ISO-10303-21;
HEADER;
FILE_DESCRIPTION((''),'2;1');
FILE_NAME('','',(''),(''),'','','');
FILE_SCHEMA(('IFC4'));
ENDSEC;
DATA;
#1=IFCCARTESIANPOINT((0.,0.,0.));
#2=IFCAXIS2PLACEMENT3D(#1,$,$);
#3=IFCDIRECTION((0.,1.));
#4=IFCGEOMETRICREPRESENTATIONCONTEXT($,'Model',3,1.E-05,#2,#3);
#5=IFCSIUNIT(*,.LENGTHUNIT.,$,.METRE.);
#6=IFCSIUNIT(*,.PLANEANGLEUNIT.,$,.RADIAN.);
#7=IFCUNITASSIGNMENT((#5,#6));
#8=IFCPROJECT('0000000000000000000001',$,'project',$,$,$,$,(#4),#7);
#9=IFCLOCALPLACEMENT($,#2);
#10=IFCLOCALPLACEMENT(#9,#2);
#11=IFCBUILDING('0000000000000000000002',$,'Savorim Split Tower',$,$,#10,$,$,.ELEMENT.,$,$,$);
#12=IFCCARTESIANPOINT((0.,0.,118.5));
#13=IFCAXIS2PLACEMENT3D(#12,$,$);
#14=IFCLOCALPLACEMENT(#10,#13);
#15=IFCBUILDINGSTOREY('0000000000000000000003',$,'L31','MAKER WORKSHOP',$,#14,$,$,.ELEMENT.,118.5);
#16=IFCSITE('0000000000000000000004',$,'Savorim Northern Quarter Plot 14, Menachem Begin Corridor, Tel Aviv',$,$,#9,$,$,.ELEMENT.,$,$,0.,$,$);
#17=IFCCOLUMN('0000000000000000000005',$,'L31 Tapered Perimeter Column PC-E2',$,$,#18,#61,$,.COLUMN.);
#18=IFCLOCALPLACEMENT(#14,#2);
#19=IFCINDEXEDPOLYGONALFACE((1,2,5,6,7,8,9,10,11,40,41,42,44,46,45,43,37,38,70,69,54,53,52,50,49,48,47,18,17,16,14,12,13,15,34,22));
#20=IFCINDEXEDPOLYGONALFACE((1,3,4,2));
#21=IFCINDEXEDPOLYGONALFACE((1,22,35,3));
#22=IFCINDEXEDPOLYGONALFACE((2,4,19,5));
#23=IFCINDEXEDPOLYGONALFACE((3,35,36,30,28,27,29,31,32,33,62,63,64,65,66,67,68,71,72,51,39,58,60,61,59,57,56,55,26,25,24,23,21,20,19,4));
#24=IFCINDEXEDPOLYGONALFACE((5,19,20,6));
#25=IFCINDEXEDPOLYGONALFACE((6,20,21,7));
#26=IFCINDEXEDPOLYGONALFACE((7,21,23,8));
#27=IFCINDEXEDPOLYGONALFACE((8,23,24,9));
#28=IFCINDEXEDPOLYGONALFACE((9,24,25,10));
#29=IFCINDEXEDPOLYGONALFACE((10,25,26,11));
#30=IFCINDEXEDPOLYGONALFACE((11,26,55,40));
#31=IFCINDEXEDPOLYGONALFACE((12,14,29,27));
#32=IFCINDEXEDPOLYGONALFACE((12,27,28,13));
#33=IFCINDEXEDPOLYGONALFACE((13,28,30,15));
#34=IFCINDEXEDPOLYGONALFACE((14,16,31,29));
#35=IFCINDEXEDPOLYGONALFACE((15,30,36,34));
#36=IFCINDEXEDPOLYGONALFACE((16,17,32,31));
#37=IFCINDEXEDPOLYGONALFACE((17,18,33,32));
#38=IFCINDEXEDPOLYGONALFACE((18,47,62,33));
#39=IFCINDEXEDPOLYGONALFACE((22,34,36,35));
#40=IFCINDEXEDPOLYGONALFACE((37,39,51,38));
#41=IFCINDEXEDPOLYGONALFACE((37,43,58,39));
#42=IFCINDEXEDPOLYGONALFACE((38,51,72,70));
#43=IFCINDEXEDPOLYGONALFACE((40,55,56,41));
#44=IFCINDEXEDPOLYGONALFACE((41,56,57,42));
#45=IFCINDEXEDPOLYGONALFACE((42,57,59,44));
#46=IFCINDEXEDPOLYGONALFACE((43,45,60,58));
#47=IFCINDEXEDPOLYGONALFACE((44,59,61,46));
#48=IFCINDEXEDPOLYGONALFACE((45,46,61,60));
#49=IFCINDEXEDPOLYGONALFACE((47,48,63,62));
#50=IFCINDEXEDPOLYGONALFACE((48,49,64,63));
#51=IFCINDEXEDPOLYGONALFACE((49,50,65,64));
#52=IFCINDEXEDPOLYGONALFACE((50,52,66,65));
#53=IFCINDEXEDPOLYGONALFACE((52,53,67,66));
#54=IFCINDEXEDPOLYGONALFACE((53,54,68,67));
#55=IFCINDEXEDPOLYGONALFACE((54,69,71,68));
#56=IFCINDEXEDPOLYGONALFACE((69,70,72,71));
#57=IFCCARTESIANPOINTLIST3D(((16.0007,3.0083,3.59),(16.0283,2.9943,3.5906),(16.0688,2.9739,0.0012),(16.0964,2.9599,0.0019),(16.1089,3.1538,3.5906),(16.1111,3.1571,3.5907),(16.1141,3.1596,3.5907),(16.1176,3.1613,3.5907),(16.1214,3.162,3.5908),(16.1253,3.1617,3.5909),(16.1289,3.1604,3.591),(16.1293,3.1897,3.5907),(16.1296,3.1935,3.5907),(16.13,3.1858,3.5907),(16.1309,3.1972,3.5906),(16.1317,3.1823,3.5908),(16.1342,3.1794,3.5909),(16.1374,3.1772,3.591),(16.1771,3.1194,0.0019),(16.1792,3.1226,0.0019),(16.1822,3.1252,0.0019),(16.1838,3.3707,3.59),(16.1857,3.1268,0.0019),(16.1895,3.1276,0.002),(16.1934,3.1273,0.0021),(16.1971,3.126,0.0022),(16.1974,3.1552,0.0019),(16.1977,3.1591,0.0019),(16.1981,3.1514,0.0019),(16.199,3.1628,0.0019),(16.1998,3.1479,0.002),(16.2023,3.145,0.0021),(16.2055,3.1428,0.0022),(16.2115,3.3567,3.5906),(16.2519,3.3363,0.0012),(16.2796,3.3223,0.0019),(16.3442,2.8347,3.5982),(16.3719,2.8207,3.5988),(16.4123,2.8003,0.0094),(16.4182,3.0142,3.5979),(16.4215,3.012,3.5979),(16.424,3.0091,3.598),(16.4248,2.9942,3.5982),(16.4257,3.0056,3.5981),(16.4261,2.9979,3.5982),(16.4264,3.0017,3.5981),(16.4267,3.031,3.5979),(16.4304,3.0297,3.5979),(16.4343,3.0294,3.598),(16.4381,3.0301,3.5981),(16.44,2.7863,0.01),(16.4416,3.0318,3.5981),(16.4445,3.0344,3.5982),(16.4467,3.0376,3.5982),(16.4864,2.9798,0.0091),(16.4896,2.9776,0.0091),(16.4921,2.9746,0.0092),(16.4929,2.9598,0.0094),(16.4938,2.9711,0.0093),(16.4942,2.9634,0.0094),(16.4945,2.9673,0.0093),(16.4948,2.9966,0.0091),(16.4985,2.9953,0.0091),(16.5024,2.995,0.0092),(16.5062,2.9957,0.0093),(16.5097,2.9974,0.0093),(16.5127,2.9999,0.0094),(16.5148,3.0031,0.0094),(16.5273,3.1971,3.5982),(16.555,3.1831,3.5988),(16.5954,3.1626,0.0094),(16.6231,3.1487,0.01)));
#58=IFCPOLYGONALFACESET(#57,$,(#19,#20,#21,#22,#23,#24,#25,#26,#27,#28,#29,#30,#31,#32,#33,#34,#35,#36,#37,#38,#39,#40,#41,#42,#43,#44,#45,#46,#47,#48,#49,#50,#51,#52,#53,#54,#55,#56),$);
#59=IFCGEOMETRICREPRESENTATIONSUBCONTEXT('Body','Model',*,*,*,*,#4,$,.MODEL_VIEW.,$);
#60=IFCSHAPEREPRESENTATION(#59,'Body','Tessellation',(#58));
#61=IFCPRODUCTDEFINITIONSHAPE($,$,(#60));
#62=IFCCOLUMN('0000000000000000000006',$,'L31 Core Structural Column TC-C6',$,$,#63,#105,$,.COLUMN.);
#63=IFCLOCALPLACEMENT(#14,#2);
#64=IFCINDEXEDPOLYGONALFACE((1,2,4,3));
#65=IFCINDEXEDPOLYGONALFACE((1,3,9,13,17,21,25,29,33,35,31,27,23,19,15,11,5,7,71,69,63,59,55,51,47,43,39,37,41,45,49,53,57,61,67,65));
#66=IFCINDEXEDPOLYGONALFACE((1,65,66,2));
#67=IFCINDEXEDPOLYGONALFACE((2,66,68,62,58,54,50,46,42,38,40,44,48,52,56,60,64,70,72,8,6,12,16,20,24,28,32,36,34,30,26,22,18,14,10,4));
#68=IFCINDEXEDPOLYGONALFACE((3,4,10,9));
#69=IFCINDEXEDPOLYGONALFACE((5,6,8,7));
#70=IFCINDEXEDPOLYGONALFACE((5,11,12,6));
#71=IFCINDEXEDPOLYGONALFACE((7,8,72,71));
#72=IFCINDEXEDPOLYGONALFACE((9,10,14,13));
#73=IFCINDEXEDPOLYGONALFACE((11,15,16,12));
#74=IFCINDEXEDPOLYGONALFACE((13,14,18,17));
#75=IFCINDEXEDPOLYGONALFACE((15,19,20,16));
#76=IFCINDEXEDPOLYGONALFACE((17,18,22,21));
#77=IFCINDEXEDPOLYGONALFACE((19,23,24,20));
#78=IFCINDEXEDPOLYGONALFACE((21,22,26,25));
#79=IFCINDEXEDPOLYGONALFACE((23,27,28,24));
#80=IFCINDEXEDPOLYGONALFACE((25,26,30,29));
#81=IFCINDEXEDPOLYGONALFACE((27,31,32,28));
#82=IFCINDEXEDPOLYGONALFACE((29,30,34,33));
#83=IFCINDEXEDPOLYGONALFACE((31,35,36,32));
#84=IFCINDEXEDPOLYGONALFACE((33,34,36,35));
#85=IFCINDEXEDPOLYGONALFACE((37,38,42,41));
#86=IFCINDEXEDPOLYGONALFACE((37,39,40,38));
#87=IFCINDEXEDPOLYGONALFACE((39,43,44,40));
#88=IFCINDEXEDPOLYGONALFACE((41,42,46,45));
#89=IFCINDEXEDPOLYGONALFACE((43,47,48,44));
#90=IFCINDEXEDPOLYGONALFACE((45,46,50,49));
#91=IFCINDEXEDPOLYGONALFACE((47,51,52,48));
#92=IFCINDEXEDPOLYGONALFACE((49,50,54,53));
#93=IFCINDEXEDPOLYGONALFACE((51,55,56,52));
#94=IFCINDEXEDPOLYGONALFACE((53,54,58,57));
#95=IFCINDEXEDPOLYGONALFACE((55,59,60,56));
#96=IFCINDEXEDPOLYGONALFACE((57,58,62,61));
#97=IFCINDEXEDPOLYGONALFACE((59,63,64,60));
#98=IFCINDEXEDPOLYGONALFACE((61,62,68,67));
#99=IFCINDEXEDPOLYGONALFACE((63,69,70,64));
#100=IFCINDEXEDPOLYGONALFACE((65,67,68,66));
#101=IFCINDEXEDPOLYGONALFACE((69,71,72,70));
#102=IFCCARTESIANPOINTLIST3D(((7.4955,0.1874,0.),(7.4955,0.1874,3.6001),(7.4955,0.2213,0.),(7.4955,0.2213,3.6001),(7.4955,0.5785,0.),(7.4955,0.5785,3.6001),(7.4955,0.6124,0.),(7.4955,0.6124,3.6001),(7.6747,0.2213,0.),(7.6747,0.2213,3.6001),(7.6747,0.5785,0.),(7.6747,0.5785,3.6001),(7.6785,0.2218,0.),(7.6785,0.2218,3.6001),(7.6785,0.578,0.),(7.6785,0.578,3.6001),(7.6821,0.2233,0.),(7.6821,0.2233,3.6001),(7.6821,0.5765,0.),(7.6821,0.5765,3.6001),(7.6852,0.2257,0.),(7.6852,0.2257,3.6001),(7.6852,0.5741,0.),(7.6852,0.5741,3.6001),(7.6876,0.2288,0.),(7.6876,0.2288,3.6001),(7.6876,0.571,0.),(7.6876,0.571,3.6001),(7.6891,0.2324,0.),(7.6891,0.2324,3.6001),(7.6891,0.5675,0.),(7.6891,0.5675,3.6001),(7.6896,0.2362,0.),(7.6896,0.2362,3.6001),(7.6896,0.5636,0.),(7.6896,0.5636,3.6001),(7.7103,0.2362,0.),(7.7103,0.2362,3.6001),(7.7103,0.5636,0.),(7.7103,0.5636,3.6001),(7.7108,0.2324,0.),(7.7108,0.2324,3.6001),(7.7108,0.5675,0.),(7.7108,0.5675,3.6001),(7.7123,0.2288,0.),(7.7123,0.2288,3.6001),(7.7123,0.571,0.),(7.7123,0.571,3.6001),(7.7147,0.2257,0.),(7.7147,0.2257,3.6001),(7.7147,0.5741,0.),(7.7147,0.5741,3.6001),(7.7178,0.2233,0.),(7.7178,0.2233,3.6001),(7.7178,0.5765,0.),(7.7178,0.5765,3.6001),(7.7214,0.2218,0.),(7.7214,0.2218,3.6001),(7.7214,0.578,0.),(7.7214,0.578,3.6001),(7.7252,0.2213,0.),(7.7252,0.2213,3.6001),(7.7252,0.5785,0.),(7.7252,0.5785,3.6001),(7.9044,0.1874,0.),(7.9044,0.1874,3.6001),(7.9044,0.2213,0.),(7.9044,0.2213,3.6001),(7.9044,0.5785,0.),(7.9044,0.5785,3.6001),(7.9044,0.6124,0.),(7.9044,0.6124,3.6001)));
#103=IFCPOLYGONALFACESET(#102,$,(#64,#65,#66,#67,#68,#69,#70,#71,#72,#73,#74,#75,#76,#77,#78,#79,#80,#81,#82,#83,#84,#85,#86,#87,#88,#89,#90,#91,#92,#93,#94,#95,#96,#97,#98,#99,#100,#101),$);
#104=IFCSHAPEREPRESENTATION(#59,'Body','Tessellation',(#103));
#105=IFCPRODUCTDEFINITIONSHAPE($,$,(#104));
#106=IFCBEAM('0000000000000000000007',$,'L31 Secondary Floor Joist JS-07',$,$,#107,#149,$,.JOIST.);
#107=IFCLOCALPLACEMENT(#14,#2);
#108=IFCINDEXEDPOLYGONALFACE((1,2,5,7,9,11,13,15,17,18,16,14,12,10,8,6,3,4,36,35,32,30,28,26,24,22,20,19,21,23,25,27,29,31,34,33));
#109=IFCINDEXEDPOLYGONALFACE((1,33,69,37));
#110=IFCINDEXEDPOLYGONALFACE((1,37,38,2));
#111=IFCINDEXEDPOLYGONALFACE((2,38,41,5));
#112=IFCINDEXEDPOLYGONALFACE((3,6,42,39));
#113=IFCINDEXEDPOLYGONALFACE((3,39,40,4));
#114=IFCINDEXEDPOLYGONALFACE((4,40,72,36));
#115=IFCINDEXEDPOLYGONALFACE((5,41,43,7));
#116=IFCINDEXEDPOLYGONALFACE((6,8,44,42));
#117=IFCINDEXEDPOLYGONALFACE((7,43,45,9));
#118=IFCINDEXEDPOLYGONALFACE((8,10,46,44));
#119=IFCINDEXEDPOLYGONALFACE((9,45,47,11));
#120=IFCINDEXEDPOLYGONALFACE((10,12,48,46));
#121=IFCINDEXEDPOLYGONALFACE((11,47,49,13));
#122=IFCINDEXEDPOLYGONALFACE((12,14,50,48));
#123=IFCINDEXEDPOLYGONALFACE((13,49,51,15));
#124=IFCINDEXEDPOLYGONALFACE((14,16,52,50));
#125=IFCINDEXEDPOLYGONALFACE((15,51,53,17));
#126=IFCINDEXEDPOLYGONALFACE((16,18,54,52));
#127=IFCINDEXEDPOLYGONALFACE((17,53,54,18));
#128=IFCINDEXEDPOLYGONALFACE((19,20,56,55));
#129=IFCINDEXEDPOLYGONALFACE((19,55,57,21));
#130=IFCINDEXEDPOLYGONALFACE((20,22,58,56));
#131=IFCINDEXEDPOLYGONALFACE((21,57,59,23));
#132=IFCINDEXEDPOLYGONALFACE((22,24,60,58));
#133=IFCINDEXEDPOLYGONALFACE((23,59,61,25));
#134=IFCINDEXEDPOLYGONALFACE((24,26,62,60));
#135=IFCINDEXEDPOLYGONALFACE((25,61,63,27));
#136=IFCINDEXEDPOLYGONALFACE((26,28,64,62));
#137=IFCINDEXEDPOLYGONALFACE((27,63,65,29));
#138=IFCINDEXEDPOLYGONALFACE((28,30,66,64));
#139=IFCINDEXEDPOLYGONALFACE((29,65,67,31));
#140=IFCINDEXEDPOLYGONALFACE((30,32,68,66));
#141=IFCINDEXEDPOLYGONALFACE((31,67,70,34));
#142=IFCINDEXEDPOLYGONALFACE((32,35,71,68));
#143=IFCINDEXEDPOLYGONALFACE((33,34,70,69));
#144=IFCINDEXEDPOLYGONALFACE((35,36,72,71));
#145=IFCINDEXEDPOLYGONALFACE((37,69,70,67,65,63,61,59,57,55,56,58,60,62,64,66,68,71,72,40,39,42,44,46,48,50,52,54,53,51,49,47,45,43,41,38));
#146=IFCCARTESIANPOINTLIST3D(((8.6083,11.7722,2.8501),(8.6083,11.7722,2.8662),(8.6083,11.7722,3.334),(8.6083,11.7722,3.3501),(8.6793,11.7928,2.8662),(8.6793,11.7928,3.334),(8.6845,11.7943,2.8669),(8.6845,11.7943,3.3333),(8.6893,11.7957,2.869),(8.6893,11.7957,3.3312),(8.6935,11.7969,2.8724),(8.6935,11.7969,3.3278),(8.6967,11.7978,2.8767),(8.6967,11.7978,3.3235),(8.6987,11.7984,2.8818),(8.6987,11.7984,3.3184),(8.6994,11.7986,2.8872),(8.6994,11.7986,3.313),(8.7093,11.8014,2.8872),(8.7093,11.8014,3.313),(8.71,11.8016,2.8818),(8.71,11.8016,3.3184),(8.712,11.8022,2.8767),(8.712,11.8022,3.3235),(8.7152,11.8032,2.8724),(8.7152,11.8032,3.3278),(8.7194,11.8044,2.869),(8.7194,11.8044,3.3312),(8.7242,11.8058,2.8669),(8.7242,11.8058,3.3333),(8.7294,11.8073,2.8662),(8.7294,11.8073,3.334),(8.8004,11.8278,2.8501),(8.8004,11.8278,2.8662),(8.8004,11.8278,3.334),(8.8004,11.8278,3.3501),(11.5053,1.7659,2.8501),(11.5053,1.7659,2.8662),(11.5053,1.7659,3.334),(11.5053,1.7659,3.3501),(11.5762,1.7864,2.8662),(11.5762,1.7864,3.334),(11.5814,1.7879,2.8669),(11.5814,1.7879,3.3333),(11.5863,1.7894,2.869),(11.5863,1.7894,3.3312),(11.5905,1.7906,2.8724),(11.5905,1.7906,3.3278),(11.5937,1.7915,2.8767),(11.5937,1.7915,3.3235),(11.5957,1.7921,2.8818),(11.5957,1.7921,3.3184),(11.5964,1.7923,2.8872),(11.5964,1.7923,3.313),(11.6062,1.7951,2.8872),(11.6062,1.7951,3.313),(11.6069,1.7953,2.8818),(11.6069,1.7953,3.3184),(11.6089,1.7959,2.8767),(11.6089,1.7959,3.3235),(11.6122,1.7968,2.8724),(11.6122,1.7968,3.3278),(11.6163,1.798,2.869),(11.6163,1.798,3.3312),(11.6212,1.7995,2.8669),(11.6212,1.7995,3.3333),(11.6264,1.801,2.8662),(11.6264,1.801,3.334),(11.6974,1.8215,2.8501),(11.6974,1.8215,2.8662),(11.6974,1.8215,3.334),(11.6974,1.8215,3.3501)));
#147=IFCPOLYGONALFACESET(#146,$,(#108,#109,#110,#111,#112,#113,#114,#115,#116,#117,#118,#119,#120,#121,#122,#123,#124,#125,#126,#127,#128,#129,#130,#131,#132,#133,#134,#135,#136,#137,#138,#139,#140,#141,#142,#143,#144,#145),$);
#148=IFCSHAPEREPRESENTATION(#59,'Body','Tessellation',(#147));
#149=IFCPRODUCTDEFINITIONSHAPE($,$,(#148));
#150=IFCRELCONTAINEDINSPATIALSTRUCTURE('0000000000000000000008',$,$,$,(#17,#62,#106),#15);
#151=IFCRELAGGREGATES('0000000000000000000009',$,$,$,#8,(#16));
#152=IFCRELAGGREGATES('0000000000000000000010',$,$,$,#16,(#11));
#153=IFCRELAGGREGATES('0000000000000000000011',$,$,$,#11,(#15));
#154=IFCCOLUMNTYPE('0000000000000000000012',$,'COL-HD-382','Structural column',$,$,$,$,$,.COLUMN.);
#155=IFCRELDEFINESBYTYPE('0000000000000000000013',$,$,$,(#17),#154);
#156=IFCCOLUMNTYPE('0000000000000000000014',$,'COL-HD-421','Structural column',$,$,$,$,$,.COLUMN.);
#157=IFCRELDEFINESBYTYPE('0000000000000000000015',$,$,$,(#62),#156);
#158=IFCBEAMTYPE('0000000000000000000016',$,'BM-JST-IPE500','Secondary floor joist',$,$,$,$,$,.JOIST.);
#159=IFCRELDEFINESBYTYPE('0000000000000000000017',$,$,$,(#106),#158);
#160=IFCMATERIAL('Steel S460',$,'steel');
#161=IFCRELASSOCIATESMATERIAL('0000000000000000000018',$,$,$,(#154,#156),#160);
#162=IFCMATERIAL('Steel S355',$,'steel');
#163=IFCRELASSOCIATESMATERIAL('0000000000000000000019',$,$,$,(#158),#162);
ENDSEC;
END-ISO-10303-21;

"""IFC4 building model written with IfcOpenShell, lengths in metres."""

from ifc_helpers import new_model, si_unit, direction, frame, origin, origin_2d, place, context, subcontext, project, spatial, i_section, extrude, material, material_profile, profile_set, type_object, element, save


model = new_model("IFC4")

# Units and contexts
model_context = context("Model", 3, precision=1e-05, world=origin(), true_north=direction((0.0, 1.0)))
body_context = subcontext(model_context, "Body", "Model", "MODEL_VIEW")
ifc_project = project(units=[si_unit("LENGTHUNIT", "METRE"), si_unit("PLANEANGLEUNIT", "RADIAN")], contexts=[model_context])

# Site, building, storey
site_placement = place(None, origin())
site = spatial("IfcSite", under=ifc_project, at=site_placement, Name="Savorim Northern Quarter Plot 14, Menachem Begin Corridor, Tel Aviv", CompositionType="ELEMENT", RefElevation=0.0)
building_placement = place(site_placement, origin())
building = spatial("IfcBuilding", under=site, at=building_placement, Name="Savorim Split Tower", CompositionType="ELEMENT")
storey_placement = place(building_placement, frame((0.0, 0.0, 118.5)))
storey = spatial("IfcBuildingStorey", under=building, at=storey_placement, Name="L31", Description="MAKER WORKSHOP", CompositionType="ELEMENT", Elevation=118.5)

# Columns
ifc_material_1 = material(Name="Steel S460", Category="steel")
ifc_material_profile_1 = material_profile(ifc_material_1, i_section(OverallWidth=0.406, OverallDepth=0.416, WebThickness=0.0188, FlangeThickness=0.031, FilletRadius=0.0149, at=origin_2d()), Name="HD 400x382")
ifc_profile_set_1 = profile_set([ifc_material_profile_1], Name="Steel S460")
column_type_1 = type_object("IfcColumnType", Name="COL-HD-382", Description="Structural column", PredefinedType="COLUMN", material=ifc_profile_set_1)
column_1_placement = place(storey_placement, frame((16.3459, 3.0613, 0.0056), z_axis=(-0.018975, 0.00959, 0.999774), x_axis=(-0.451048, -0.8925, 0.0)))
element("IfcColumn", 1, at=column_1_placement, inside=storey, type_object=column_type_1, Name="L31 Tapered Perimeter Column PC-E2", PredefinedType="COLUMN", context=body_context, shape_type="SweptSolid", body=[
    extrude(i_section(OverallWidth=0.406, OverallDepth=0.416, WebThickness=0.0188, FlangeThickness=0.031, FilletRadius=0.0149, at=origin_2d()), origin(), (0.0, 0.0, 1.0), 3.5896),
])
ifc_material_profile_2 = material_profile(ifc_material_1, i_section(OverallWidth=0.4089, OverallDepth=0.425, WebThickness=0.0208, FlangeThickness=0.0339, FilletRadius=0.0149, at=origin_2d()), Name="HD 400x421")
ifc_profile_set_2 = profile_set([ifc_material_profile_2], Name="Steel S460")
column_type_2 = type_object("IfcColumnType", Name="COL-HD-421", Description="Structural column", PredefinedType="COLUMN", material=ifc_profile_set_2)
column_2_placement = place(storey_placement, frame((7.7, 0.3999, 0.0), z_axis=(0.0, 0.0, 1.0), x_axis=(1.0, 0.0, 0.0)))
element("IfcColumn", 2, at=column_2_placement, inside=storey, type_object=column_type_2, Name="L31 Core Structural Column TC-C6", PredefinedType="COLUMN", context=body_context, shape_type="SweptSolid", body=[
    extrude(i_section(OverallWidth=0.4089, OverallDepth=0.425, WebThickness=0.0208, FlangeThickness=0.0339, FilletRadius=0.0149, at=origin_2d()), origin(), (0.0, 0.0, 1.0), 3.6001),
])

# Beam
ifc_material_2 = material(Name="Steel S355", Category="steel")
ifc_material_profile_3 = material_profile(ifc_material_2, i_section(OverallWidth=0.2, OverallDepth=0.5, WebThickness=0.0103, FlangeThickness=0.0161, FilletRadius=0.021, at=origin_2d()), Name="IPE 500")
ifc_profile_set_3 = profile_set([ifc_material_profile_3], Name="Steel S355")
beam_type_1 = type_object("IfcBeamType", Name="BM-JST-IPE500", Description="Secondary floor joist", PredefinedType="JOIST", material=ifc_profile_set_3)
beam_1_placement = place(storey_placement, frame((11.6013, 1.7937, 3.1001), z_axis=(-0.278093, 0.960554, 0.0), x_axis=(-0.960554, -0.278093, 0.0)))
element("IfcBeam", 3, at=beam_1_placement, inside=storey, type_object=beam_type_1, Name="L31 Secondary Floor Joist JS-07", PredefinedType="JOIST", context=body_context, shape_type="SweptSolid", body=[
    extrude(i_section(OverallWidth=0.2, OverallDepth=0.5, WebThickness=0.0103, FlangeThickness=0.0161, FilletRadius=0.021, at=origin_2d()), origin(), (0.0, 0.0, 1.0), 10.4172),
])

save(model, "model.ifc")
